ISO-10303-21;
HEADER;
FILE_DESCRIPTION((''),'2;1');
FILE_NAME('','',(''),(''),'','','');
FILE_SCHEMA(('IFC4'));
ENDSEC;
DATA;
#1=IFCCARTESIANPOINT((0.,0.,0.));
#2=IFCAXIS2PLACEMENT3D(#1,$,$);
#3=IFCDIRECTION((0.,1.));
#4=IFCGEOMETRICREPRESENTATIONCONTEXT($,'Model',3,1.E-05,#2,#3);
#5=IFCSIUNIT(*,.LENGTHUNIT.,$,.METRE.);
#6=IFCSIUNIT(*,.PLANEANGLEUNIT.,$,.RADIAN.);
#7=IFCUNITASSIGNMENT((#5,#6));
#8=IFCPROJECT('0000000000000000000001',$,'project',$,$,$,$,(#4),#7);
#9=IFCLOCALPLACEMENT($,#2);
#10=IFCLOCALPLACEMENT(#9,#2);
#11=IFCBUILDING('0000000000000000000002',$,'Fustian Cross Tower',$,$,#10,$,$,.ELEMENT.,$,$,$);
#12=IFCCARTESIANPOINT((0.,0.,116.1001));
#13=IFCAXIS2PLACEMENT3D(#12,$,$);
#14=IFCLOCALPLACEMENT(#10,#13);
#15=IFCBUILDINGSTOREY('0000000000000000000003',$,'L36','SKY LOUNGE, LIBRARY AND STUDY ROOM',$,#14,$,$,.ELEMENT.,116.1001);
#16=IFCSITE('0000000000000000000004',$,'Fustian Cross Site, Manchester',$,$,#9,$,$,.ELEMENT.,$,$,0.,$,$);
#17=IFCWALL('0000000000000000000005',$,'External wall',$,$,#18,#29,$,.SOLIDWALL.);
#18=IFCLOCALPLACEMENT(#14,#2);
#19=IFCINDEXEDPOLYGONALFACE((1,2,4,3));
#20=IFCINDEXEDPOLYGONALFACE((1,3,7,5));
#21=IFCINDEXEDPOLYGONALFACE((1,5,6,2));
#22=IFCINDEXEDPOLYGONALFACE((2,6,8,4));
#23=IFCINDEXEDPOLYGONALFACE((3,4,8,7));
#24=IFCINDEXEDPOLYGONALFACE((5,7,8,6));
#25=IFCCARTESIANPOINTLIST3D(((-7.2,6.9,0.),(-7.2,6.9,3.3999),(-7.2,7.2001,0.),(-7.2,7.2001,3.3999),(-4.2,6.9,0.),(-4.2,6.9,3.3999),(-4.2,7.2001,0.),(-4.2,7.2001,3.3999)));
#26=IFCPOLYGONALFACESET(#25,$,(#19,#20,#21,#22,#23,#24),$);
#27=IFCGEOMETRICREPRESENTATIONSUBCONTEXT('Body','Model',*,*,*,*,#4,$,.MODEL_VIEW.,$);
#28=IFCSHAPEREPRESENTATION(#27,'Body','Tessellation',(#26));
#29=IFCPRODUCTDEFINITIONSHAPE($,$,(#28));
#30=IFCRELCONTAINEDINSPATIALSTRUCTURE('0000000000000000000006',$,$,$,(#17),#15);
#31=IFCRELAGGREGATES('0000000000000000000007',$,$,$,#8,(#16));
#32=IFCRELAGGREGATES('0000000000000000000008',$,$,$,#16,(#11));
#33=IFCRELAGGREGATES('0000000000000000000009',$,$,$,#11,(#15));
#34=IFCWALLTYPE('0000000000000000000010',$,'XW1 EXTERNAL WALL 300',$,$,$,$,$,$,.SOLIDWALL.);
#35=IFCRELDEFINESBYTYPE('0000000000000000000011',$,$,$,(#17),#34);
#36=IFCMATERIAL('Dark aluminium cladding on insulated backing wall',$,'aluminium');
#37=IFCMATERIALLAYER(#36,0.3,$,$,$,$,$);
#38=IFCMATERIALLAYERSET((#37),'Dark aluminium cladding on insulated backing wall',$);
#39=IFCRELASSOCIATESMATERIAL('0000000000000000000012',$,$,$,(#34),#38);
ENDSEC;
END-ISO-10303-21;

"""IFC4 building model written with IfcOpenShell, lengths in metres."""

from ifc_helpers import new_model, si_unit, direction, frame, frame_2d, origin, place, context, subcontext, project, spatial, rectangle, extrude, material, layer, layer_set, type_object, element, save


model = new_model("IFC4")

# Units and contexts
model_context = context("Model", 3, precision=1e-05, world=origin(), true_north=direction((0.0, 1.0)))
body_context = subcontext(model_context, "Body", "Model", "MODEL_VIEW")
ifc_project = project(units=[si_unit("LENGTHUNIT", "METRE"), si_unit("PLANEANGLEUNIT", "RADIAN")], contexts=[model_context])

# Site, building, storey
site_placement = place(None, origin())
site = spatial("IfcSite", under=ifc_project, at=site_placement, Name="Fustian Cross Site, Manchester", CompositionType="ELEMENT", RefElevation=0.0)
building_placement = place(site_placement, origin())
building = spatial("IfcBuilding", under=site, at=building_placement, Name="Fustian Cross Tower", CompositionType="ELEMENT")
storey_placement = place(building_placement, frame((0.0, 0.0, 116.1001)))
storey = spatial("IfcBuildingStorey", under=building, at=storey_placement, Name="L36", Description="SKY LOUNGE, LIBRARY AND STUDY ROOM", CompositionType="ELEMENT", Elevation=116.1001)

# Shared definitions
ifc_material_1 = material(Name="Dark aluminium cladding on insulated backing wall", Category="aluminium")
ifc_layer_1 = layer(ifc_material_1, 0.3)
ifc_layer_set_1 = layer_set([ifc_layer_1], Name="Dark aluminium cladding on insulated backing wall")
wall_type_1 = type_object("IfcWallType", Name="XW1 EXTERNAL WALL 300", PredefinedType="SOLIDWALL", material=ifc_layer_set_1)

# Wall
wall_1_placement = place(storey_placement, frame((-4.2, 7.05, 0.0), z_axis=(0.0, 0.0, 1.0), x_axis=(-1.0, 0.0, 0.0)))
element("IfcWall", 1, at=wall_1_placement, inside=storey, type_object=wall_type_1, Name="External wall", PredefinedType="SOLIDWALL", context=body_context, shape_type="SweptSolid", body=[
    extrude(rectangle(XDim=3.0, YDim=0.3, at=frame_2d((1.5, 0.0))), origin(), (0.0, 0.0, 1.0), 3.3999),
])

save(model, "model.ifc")
